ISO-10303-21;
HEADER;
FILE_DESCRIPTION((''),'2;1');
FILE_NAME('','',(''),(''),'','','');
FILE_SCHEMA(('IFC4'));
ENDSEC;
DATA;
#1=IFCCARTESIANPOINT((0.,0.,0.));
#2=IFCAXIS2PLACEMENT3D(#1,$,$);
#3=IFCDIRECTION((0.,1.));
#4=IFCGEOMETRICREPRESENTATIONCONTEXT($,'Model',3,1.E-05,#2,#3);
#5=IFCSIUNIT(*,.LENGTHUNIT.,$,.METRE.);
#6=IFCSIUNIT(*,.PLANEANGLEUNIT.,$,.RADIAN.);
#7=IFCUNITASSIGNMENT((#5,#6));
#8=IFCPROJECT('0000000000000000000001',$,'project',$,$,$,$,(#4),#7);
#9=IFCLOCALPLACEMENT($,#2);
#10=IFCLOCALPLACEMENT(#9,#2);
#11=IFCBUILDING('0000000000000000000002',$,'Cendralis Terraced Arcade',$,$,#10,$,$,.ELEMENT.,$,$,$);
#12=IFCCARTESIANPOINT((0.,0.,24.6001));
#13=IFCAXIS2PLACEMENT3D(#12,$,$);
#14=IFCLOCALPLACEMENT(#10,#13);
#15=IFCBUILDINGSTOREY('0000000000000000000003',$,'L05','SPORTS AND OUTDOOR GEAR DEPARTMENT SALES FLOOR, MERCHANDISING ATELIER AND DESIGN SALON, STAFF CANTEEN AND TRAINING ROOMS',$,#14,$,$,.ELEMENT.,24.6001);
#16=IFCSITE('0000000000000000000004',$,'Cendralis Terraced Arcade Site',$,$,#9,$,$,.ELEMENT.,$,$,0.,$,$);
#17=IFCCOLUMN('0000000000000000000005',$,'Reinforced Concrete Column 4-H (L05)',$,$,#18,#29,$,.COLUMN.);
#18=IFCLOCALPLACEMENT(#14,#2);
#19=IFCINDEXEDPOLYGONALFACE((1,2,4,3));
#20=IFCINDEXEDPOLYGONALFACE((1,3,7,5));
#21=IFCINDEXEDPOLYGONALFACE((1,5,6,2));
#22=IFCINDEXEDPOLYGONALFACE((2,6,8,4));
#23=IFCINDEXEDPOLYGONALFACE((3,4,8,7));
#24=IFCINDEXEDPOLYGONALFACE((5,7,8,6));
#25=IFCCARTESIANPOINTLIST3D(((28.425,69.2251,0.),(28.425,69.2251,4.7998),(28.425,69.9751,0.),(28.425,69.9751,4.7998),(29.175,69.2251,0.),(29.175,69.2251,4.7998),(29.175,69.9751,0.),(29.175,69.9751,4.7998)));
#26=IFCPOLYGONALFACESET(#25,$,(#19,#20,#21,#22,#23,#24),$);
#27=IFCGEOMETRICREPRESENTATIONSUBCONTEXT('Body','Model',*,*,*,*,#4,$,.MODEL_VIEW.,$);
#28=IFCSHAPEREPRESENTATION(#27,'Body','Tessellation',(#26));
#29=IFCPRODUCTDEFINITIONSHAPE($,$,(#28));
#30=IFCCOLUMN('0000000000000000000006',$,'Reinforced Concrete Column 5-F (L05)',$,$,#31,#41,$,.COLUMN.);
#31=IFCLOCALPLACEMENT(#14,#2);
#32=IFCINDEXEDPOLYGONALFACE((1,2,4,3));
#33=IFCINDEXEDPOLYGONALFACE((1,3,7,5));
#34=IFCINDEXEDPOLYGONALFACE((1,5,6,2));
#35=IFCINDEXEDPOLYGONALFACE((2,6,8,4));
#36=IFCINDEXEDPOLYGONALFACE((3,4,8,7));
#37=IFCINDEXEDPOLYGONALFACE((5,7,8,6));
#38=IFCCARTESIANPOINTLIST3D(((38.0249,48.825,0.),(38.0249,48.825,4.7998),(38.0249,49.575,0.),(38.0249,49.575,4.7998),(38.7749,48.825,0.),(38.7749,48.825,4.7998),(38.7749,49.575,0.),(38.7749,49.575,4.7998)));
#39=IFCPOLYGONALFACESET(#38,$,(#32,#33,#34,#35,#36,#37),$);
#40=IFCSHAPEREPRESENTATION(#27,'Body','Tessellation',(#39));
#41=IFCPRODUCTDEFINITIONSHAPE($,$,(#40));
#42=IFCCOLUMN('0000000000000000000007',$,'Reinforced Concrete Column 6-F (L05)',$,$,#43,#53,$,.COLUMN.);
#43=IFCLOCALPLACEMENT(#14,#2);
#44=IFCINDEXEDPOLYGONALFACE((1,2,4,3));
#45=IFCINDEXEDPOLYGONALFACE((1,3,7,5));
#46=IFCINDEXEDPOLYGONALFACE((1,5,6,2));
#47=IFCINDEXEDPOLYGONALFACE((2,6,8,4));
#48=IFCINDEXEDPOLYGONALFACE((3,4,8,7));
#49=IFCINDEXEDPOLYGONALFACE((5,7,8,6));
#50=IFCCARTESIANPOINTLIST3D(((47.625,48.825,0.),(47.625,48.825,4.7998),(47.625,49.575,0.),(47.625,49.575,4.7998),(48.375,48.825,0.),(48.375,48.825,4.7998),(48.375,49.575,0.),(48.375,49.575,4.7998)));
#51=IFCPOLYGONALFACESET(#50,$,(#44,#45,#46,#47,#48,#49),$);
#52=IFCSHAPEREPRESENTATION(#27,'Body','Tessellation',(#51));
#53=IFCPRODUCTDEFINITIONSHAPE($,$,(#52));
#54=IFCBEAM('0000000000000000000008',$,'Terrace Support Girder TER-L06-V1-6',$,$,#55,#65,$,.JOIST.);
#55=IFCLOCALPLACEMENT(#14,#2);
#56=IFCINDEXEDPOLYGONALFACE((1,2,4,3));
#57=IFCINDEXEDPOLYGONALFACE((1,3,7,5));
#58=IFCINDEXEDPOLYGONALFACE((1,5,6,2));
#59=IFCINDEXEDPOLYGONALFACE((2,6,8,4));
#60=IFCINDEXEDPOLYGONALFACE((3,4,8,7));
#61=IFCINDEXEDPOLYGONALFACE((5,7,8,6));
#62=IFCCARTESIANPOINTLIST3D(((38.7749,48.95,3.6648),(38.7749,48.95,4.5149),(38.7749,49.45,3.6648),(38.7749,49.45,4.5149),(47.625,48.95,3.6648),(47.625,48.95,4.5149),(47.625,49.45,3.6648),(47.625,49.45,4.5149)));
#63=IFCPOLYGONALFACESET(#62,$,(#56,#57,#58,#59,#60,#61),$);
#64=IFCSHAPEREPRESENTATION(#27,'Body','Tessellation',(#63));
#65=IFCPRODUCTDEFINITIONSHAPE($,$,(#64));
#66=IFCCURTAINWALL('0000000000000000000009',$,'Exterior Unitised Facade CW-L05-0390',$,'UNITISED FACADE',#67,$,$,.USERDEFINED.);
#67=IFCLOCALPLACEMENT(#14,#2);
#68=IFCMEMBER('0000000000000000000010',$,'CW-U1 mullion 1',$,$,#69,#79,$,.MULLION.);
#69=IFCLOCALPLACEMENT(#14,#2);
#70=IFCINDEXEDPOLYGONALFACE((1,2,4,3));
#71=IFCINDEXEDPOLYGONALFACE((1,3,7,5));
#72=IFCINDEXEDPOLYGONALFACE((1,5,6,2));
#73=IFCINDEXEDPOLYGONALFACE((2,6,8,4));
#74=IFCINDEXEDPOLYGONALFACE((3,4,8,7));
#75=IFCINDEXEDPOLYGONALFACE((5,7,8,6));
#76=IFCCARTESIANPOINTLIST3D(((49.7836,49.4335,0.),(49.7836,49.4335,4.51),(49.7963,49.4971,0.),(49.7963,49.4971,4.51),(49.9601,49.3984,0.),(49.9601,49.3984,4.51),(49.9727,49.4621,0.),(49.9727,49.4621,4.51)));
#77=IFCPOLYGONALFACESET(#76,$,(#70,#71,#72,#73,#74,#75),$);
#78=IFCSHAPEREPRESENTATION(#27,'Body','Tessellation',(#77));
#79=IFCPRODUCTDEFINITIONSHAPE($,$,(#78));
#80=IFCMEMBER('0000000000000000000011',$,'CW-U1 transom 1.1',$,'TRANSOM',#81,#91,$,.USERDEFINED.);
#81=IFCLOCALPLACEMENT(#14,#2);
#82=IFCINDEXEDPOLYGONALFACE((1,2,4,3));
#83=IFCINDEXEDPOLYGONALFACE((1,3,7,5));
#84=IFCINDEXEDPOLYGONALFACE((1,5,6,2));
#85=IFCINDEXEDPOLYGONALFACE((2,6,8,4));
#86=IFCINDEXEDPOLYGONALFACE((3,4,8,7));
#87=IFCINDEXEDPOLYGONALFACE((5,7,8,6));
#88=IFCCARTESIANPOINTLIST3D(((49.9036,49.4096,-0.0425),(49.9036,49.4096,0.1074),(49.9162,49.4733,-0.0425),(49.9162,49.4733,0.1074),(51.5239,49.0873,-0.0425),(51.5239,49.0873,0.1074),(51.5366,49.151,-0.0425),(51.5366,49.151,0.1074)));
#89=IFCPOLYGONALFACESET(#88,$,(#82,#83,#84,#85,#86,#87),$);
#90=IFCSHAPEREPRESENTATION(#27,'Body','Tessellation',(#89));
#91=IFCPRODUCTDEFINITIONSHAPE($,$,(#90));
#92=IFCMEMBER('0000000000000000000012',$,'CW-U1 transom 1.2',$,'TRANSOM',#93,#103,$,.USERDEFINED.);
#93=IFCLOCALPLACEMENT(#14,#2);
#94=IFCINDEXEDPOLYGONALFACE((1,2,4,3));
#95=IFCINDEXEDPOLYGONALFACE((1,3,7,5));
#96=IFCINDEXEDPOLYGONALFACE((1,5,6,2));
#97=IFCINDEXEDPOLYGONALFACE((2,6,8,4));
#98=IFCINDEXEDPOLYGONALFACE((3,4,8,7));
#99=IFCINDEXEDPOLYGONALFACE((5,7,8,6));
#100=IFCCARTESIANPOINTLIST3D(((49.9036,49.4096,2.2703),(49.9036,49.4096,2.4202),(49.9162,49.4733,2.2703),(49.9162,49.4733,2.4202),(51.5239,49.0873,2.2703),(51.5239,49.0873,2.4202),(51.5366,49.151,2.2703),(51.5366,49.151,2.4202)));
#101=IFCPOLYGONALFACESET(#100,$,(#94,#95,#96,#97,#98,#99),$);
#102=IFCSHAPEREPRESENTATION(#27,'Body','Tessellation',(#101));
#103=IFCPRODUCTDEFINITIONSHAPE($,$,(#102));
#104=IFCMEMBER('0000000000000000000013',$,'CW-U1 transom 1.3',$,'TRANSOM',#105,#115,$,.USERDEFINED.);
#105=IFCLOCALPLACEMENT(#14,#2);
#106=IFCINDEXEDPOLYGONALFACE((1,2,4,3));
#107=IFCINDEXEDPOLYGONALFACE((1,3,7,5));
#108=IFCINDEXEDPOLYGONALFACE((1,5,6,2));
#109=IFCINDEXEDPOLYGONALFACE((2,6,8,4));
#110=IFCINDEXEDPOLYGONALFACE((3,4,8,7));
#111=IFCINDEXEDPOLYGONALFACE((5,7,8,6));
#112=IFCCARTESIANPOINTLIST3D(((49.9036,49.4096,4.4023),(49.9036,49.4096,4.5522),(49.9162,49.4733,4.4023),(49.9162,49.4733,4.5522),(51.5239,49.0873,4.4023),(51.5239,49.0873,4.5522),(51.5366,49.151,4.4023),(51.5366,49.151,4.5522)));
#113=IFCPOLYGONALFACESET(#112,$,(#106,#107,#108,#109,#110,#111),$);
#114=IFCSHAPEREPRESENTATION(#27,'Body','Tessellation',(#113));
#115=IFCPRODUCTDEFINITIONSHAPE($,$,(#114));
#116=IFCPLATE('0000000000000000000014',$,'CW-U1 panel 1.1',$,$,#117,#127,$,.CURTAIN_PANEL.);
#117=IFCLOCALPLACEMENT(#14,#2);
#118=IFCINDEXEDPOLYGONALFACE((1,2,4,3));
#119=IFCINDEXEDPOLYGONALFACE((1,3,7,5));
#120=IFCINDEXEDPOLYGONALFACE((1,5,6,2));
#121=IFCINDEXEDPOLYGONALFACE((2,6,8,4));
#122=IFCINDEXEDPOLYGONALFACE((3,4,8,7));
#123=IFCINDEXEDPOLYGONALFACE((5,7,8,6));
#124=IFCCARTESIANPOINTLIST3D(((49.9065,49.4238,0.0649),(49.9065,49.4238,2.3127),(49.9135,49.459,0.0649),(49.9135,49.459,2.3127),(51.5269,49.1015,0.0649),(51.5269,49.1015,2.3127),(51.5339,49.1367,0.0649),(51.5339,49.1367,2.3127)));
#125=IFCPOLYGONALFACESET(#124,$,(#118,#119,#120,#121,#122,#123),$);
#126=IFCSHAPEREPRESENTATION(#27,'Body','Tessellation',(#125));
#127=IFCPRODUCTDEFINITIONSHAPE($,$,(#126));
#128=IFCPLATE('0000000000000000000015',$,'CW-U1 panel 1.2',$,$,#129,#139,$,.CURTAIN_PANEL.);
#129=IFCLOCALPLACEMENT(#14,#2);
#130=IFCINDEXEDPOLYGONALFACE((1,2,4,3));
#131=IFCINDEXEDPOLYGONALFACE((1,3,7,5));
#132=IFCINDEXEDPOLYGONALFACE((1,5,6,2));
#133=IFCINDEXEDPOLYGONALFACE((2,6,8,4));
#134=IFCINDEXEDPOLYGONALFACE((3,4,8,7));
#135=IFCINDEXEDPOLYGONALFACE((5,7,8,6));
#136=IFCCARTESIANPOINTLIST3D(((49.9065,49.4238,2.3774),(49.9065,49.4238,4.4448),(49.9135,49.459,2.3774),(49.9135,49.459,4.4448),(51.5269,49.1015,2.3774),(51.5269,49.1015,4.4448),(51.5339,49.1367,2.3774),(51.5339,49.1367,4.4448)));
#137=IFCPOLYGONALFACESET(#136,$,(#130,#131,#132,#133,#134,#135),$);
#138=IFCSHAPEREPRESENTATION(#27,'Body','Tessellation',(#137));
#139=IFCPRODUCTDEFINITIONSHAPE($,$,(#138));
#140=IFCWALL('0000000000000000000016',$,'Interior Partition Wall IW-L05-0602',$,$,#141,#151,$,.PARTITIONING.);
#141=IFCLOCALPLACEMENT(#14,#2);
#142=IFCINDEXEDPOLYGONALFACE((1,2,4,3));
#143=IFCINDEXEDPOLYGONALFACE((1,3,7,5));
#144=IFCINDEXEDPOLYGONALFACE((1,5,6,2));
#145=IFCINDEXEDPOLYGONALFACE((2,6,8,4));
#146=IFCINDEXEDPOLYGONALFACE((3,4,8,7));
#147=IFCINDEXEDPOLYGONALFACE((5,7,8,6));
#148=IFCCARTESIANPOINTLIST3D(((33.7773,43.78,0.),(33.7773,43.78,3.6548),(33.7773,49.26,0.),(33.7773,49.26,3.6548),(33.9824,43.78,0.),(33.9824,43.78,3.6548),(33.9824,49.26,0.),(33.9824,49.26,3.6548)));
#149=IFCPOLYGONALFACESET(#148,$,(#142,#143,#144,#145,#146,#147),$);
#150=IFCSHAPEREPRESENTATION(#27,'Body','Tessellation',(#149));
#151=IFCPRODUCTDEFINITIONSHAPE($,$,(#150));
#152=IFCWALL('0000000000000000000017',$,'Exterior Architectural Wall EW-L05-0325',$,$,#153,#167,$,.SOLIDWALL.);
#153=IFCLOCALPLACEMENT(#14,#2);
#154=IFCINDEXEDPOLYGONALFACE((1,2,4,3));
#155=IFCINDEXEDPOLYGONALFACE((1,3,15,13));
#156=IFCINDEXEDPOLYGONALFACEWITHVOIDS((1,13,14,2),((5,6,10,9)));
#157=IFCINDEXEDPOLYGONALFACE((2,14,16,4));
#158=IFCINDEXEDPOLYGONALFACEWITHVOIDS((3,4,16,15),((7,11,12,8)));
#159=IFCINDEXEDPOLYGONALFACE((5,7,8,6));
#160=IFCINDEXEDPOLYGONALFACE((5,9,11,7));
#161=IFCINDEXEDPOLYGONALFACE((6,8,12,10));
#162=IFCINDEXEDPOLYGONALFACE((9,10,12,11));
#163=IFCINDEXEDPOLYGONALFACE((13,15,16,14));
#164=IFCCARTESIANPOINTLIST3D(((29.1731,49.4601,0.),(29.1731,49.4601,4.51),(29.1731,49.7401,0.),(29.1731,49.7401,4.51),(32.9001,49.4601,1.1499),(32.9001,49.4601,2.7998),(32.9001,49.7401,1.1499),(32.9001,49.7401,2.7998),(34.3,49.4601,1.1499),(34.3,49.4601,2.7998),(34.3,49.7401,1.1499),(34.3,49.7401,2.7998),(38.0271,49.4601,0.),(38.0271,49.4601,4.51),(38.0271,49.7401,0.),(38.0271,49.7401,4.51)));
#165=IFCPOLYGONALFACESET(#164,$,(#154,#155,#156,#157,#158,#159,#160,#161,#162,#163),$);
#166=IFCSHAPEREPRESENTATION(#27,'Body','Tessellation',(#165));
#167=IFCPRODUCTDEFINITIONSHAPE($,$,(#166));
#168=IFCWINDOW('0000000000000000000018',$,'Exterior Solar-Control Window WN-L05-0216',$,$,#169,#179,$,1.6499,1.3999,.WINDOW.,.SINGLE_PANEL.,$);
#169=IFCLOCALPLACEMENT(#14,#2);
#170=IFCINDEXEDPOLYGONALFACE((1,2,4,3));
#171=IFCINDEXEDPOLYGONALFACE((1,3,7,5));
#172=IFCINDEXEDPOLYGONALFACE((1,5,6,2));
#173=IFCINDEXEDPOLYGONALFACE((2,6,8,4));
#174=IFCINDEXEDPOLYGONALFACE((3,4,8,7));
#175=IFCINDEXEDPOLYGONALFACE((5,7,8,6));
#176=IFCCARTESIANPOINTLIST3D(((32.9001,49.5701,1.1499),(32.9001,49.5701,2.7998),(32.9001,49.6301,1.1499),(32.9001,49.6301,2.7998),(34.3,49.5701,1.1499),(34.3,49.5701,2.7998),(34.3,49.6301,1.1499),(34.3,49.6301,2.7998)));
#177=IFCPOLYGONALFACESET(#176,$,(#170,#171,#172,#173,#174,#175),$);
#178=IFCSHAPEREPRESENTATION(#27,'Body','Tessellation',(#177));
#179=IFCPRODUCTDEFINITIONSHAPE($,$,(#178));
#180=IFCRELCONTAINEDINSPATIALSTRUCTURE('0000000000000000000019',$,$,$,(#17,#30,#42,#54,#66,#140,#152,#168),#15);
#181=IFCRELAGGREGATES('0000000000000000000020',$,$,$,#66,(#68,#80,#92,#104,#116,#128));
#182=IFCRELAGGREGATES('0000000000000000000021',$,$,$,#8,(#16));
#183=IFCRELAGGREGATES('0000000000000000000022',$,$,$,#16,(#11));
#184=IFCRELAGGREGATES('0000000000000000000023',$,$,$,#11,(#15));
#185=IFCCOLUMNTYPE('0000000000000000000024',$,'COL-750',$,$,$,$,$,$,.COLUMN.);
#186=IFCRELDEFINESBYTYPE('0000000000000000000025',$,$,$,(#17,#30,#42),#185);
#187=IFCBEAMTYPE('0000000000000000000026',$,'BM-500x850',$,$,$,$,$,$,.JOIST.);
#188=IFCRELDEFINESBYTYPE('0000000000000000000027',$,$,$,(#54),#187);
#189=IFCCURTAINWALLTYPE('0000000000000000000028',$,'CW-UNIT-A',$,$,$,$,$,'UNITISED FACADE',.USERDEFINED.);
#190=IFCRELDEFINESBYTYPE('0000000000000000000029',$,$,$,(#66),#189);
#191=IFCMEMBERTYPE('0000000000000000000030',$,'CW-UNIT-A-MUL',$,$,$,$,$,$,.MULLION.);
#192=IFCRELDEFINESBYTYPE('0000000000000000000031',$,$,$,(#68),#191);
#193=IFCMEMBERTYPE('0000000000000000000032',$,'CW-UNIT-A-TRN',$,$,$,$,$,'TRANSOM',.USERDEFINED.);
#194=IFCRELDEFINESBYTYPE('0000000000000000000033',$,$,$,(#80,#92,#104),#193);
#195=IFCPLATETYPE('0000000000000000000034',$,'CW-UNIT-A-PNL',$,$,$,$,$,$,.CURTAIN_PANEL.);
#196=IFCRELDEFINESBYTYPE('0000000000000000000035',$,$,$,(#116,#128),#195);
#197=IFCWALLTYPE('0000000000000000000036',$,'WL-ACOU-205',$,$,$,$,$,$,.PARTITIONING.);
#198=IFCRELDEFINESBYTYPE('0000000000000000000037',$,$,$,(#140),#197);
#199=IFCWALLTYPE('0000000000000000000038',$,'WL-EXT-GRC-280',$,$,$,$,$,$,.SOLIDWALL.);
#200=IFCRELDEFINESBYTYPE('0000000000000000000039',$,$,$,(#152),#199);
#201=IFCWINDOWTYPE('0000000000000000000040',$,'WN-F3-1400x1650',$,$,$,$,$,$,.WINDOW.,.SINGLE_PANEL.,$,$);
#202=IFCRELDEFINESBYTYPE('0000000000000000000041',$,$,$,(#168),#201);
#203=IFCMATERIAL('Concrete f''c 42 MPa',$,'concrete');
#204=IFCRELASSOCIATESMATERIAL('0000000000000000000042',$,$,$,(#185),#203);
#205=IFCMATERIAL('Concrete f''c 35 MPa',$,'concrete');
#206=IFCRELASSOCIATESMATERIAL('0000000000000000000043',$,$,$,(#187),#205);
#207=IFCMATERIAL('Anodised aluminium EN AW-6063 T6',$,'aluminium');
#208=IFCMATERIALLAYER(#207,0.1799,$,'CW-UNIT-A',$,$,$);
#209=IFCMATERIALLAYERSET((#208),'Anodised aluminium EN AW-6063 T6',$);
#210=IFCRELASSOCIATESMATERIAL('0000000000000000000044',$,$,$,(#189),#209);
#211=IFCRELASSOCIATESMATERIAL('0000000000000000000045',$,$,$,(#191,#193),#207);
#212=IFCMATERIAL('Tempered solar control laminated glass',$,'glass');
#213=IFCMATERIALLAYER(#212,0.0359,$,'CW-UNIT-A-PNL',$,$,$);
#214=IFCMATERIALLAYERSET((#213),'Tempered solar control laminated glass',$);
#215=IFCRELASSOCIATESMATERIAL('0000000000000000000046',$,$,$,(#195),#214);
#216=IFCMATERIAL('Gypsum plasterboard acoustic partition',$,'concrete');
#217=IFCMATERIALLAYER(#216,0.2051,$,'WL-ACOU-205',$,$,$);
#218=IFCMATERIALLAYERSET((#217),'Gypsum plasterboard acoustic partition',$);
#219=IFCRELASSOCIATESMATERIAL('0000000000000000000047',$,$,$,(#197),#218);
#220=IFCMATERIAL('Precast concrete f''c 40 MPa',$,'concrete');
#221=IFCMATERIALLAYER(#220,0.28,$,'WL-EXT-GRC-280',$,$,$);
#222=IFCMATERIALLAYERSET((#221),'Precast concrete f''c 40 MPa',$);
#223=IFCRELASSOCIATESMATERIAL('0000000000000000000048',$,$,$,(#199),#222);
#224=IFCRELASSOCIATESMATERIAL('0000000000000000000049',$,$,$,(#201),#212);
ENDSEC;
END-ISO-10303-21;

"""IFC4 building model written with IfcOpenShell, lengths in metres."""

from ifc_helpers import new_model, si_unit, direction, frame, frame_2d, origin, origin_2d, place, context, subcontext, project, spatial, rectangle, extrude, material, layer, layer_set, material_profile, profile_set, type_object, element, fill, aggregate, save


model = new_model("IFC4")

# Units and contexts
model_context = context("Model", 3, precision=1e-05, world=origin(), true_north=direction((0.0, 1.0)))
body_context = subcontext(model_context, "Body", "Model", "MODEL_VIEW")
ifc_project = project(units=[si_unit("LENGTHUNIT", "METRE"), si_unit("PLANEANGLEUNIT", "RADIAN")], contexts=[model_context])

# Site, building, storey
site_placement = place(None, origin())
site = spatial("IfcSite", under=ifc_project, at=site_placement, Name="Cendralis Terraced Arcade Site", CompositionType="ELEMENT", RefElevation=0.0)
building_placement = place(site_placement, origin())
building = spatial("IfcBuilding", under=site, at=building_placement, Name="Cendralis Terraced Arcade", CompositionType="ELEMENT")
storey_placement = place(building_placement, frame((0.0, 0.0, 24.6001)))
storey = spatial("IfcBuildingStorey", under=building, at=storey_placement, Name="L05", Description="SPORTS AND OUTDOOR GEAR DEPARTMENT SALES FLOOR, MERCHANDISING ATELIER AND DESIGN SALON, STAFF CANTEEN AND TRAINING ROOMS", CompositionType="ELEMENT", Elevation=24.6001)

# Columns
ifc_material_1 = material(Name="Concrete f'c 42 MPa", Category="concrete")
ifc_material_profile_1 = material_profile(ifc_material_1, rectangle(XDim=0.75, YDim=0.75, at=origin_2d()), Name="RC-COL-750x750", Category="LoadBearing")
ifc_profile_set_1 = profile_set([ifc_material_profile_1], Name="Concrete f'c 42 MPa")
column_type = type_object("IfcColumnType", Name="COL-750", PredefinedType="COLUMN", material=ifc_profile_set_1)
for number, where, z_axis, x_axis, name in (
    (1, (28.8, 69.6001, 0.0), (0.0, 0.0, 1.0), (1.0, 0.0, 0.0), "Reinforced Concrete Column 4-H (L05)"),
    (2, (38.3999, 49.2, 0.0), (0.0, 0.0, 1.0), (1.0, 0.0, 0.0), "Reinforced Concrete Column 5-F (L05)"),
    (3, (48.0, 49.2, 0.0), (0.0, 0.0, 1.0), (1.0, 0.0, 0.0), "Reinforced Concrete Column 6-F (L05)"),
):
    element("IfcColumn", number, at=place(storey_placement, frame(where, z_axis=z_axis, x_axis=x_axis)), inside=storey, type_object=column_type, Name=name, PredefinedType="COLUMN", context=body_context, shape_type="SweptSolid", body=[
        extrude(rectangle(XDim=0.75, YDim=0.75, at=origin_2d()), origin(), (0.0, 0.0, 1.0), 4.7998),
    ])

# Beam
ifc_material_2 = material(Name="Concrete f'c 35 MPa", Category="concrete")
ifc_material_profile_2 = material_profile(ifc_material_2, rectangle(XDim=0.5, YDim=0.8501, at=origin_2d()), Name="RC-BM-500x850", Category="LoadBearing")
ifc_profile_set_2 = profile_set([ifc_material_profile_2], Name="Concrete f'c 35 MPa")
beam_type = type_object("IfcBeamType", Name="BM-500x850", PredefinedType="JOIST", material=ifc_profile_set_2)
beam_placement = place(storey_placement, frame((38.7749, 49.2, 4.0898), z_axis=(1.0, 0.0, 0.0), x_axis=(0.0, 1.0, 0.0)))
element("IfcBeam", 4, at=beam_placement, inside=storey, type_object=beam_type, Name="Terrace Support Girder TER-L06-V1-6", PredefinedType="JOIST", context=body_context, shape_type="SweptSolid", body=[
    extrude(rectangle(XDim=0.5, YDim=0.8501, at=origin_2d()), origin(), (0.0, 0.0, 1.0), 8.8501),
])

# Curtain wall, members, plates
ifc_material_3 = material(Name="Anodised aluminium EN AW-6063 T6", Category="aluminium")
ifc_layer_1 = layer(ifc_material_3, 0.1799, Name="CW-UNIT-A")
ifc_layer_set_1 = layer_set([ifc_layer_1], Name="Anodised aluminium EN AW-6063 T6")
curtain_wall_type = type_object("IfcCurtainWallType", Name="CW-UNIT-A", ElementType="UNITISED FACADE", PredefinedType="USERDEFINED", material=ifc_layer_set_1)
curtain_wall_placement = place(storey_placement, origin())
curtain_wall = element("IfcCurtainWall", 5, at=curtain_wall_placement, inside=storey, type_object=curtain_wall_type, Name="Exterior Unitised Facade CW-L05-0390", ObjectType="UNITISED FACADE", PredefinedType="USERDEFINED")
ifc_material_profile_3 = material_profile(ifc_material_3, rectangle(XDim=0.0649, YDim=0.1799, at=origin_2d()), Name="ALU-MUL-65x180")
ifc_profile_set_3 = profile_set([ifc_material_profile_3], Name="Anodised aluminium EN AW-6063 T6")
member_type_1 = type_object("IfcMemberType", Name="CW-UNIT-A-MUL", PredefinedType="MULLION", material=ifc_profile_set_3)
member_1_placement = place(storey_placement, frame((49.8782, 49.4478, 0.0), z_axis=(0.0, 0.0, 1.0), x_axis=(0.195058, 0.980792, 0.0)))
member_1 = element("IfcMember", 6, at=member_1_placement, type_object=member_type_1, Name="CW-U1 mullion 1", PredefinedType="MULLION", context=body_context, shape_type="SweptSolid", body=[
    extrude(rectangle(XDim=0.0649, YDim=0.1799, at=origin_2d()), origin(), (0.0, 0.0, 1.0), 4.51),
])
ifc_material_profile_4 = material_profile(ifc_material_3, rectangle(XDim=0.0649, YDim=0.1499, at=origin_2d()), Name="ALU-TRN-65x150")
ifc_profile_set_4 = profile_set([ifc_material_profile_4], Name="Anodised aluminium EN AW-6063 T6")
member_type_2 = type_object("IfcMemberType", Name="CW-UNIT-A-TRN", ElementType="TRANSOM", PredefinedType="USERDEFINED", material=ifc_profile_set_4)
member_2_placement = place(storey_placement, frame((49.9099, 49.4414, 0.0325), z_axis=(0.98079, -0.195065, 0.0), x_axis=(0.195065, 0.98079, 0.0)))
member_2 = element("IfcMember", 7, at=member_2_placement, type_object=member_type_2, Name="CW-U1 transom 1.1", ObjectType="TRANSOM", PredefinedType="USERDEFINED", context=body_context, shape_type="SweptSolid", body=[
    extrude(rectangle(XDim=0.0649, YDim=0.1499, at=origin_2d()), origin(), (0.0, 0.0, 1.0), 1.6521),
])
member_3_placement = place(storey_placement, frame((49.9099, 49.4414, 2.3452), z_axis=(0.98079, -0.195065, 0.0), x_axis=(0.195065, 0.98079, 0.0)))
member_3 = element("IfcMember", 8, at=member_3_placement, type_object=member_type_2, Name="CW-U1 transom 1.2", ObjectType="TRANSOM", PredefinedType="USERDEFINED", context=body_context, shape_type="SweptSolid", body=[
    extrude(rectangle(XDim=0.0649, YDim=0.1499, at=origin_2d()), origin(), (0.0, 0.0, 1.0), 1.6521),
])
member_4_placement = place(storey_placement, frame((49.9099, 49.4414, 4.4773), z_axis=(0.98079, -0.195065, 0.0), x_axis=(0.195065, 0.98079, 0.0)))
member_4 = element("IfcMember", 9, at=member_4_placement, type_object=member_type_2, Name="CW-U1 transom 1.3", ObjectType="TRANSOM", PredefinedType="USERDEFINED", context=body_context, shape_type="SweptSolid", body=[
    extrude(rectangle(XDim=0.0649, YDim=0.1499, at=origin_2d()), origin(), (0.0, 0.0, 1.0), 1.6521),
])
ifc_material_4 = material(Name="Tempered solar control laminated glass", Category="glass")
ifc_layer_2 = layer(ifc_material_4, 0.0359, Name="CW-UNIT-A-PNL")
ifc_layer_set_2 = layer_set([ifc_layer_2], Name="Tempered solar control laminated glass")
plate_type = type_object("IfcPlateType", Name="CW-UNIT-A-PNL", PredefinedType="CURTAIN_PANEL", material=ifc_layer_set_2)
plate_1_placement = place(storey_placement, frame((50.7202, 49.2803, 0.0649), z_axis=(0.0, 0.0, 1.0), x_axis=(0.980792, -0.195058, 0.0)))
plate_1 = element("IfcPlate", 10, at=plate_1_placement, type_object=plate_type, Name="CW-U1 panel 1.1", PredefinedType="CURTAIN_PANEL", context=body_context, shape_type="SweptSolid", body=[
    extrude(rectangle(XDim=1.6521, YDim=0.0359, at=origin_2d()), origin(), (0.0, 0.0, 1.0), 2.2478),
])
plate_2_placement = place(storey_placement, frame((50.7202, 49.2803, 2.3774), z_axis=(0.0, 0.0, 1.0), x_axis=(0.980792, -0.195058, 0.0)))
plate_2 = element("IfcPlate", 11, at=plate_2_placement, type_object=plate_type, Name="CW-U1 panel 1.2", PredefinedType="CURTAIN_PANEL", context=body_context, shape_type="SweptSolid", body=[
    extrude(rectangle(XDim=1.6521, YDim=0.0359, at=origin_2d()), origin(), (0.0, 0.0, 1.0), 2.0674),
])
aggregate(curtain_wall, [member_1, member_2, member_3, member_4, plate_1, plate_2])

# Wall
ifc_material_5 = material(Name="Gypsum plasterboard acoustic partition", Category="concrete")
ifc_layer_3 = layer(ifc_material_5, 0.2051, Name="WL-ACOU-205")
ifc_layer_set_3 = layer_set([ifc_layer_3], Name="Gypsum plasterboard acoustic partition")
wall_type_1 = type_object("IfcWallType", Name="WL-ACOU-205", PredefinedType="PARTITIONING", material=ifc_layer_set_3)
wall_1_placement = place(storey_placement, frame((33.8799, 49.26, 0.0), z_axis=(0.0, 0.0, 1.0), x_axis=(0.0, -1.0, 0.0)))
element("IfcWall", 12, at=wall_1_placement, inside=storey, type_object=wall_type_1, Name="Interior Partition Wall IW-L05-0602", PredefinedType="PARTITIONING", context=body_context, shape_type="SweptSolid", body=[
    extrude(rectangle(XDim=5.48, YDim=0.2051, at=frame_2d((2.74, 0.0))), origin(), (0.0, 0.0, 1.0), 3.6548),
])

# Wall, opening, window
ifc_material_6 = material(Name="Precast concrete f'c 40 MPa", Category="concrete")
ifc_layer_4 = layer(ifc_material_6, 0.28, Name="WL-EXT-GRC-280")
ifc_layer_set_4 = layer_set([ifc_layer_4], Name="Precast concrete f'c 40 MPa")
wall_type_2 = type_object("IfcWallType", Name="WL-EXT-GRC-280", PredefinedType="SOLIDWALL", material=ifc_layer_set_4)
wall_2_placement = place(storey_placement, frame((29.1731, 49.6001, 0.0), z_axis=(0.0, 0.0, 1.0), x_axis=(1.0, 0.0, 0.0)))
wall_2 = element("IfcWall", 13, at=wall_2_placement, inside=storey, type_object=wall_type_2, Name="Exterior Architectural Wall EW-L05-0325", PredefinedType="SOLIDWALL", context=body_context, shape_type="SweptSolid", body=[
    extrude(rectangle(XDim=8.854, YDim=0.28, at=frame_2d((4.427, 0.0))), origin(), (0.0, 0.0, 1.0), 4.51),
])
opening_1_placement = place(wall_2_placement, frame((3.7271, 0.0, 1.1499)))
opening_1 = element("IfcOpeningElement", 14, at=opening_1_placement, cuts=wall_2, PredefinedType="OPENING", context=body_context, shape_type="SweptSolid", body=[
    extrude(rectangle(XDim=1.3999, YDim=1.6499, at=frame_2d((0.7, 0.825))), frame((0.0, 0.1519, 0.0), z_axis=(0.0, -1.0, 0.0), x_axis=(1.0, 0.0, 0.0)), (0.0, 0.0, 1.0), 0.304),
])
window_type_1 = type_object("IfcWindowType", Name="WN-F3-1400x1650", PartitioningType="SINGLE_PANEL", PredefinedType="WINDOW", material=ifc_material_4)
window_1_placement = place(opening_1_placement, origin())
window_1 = element("IfcWindow", 15, at=window_1_placement, inside=storey, type_object=window_type_1, Name="Exterior Solar-Control Window WN-L05-0216", OverallHeight=1.6499, OverallWidth=1.3999, PartitioningType="SINGLE_PANEL", PredefinedType="WINDOW", context=body_context, shape_type="SweptSolid", body=[
    extrude(rectangle(XDim=1.3999, YDim=1.6499, at=frame_2d((0.7, 0.825))), frame((0.0, 0.03, 0.0), z_axis=(0.0, -1.0, 0.0), x_axis=(1.0, 0.0, 0.0)), (0.0, 0.0, 1.0), 0.0601),
])
fill(opening_1, window_1)

save(model, "model.ifc")
